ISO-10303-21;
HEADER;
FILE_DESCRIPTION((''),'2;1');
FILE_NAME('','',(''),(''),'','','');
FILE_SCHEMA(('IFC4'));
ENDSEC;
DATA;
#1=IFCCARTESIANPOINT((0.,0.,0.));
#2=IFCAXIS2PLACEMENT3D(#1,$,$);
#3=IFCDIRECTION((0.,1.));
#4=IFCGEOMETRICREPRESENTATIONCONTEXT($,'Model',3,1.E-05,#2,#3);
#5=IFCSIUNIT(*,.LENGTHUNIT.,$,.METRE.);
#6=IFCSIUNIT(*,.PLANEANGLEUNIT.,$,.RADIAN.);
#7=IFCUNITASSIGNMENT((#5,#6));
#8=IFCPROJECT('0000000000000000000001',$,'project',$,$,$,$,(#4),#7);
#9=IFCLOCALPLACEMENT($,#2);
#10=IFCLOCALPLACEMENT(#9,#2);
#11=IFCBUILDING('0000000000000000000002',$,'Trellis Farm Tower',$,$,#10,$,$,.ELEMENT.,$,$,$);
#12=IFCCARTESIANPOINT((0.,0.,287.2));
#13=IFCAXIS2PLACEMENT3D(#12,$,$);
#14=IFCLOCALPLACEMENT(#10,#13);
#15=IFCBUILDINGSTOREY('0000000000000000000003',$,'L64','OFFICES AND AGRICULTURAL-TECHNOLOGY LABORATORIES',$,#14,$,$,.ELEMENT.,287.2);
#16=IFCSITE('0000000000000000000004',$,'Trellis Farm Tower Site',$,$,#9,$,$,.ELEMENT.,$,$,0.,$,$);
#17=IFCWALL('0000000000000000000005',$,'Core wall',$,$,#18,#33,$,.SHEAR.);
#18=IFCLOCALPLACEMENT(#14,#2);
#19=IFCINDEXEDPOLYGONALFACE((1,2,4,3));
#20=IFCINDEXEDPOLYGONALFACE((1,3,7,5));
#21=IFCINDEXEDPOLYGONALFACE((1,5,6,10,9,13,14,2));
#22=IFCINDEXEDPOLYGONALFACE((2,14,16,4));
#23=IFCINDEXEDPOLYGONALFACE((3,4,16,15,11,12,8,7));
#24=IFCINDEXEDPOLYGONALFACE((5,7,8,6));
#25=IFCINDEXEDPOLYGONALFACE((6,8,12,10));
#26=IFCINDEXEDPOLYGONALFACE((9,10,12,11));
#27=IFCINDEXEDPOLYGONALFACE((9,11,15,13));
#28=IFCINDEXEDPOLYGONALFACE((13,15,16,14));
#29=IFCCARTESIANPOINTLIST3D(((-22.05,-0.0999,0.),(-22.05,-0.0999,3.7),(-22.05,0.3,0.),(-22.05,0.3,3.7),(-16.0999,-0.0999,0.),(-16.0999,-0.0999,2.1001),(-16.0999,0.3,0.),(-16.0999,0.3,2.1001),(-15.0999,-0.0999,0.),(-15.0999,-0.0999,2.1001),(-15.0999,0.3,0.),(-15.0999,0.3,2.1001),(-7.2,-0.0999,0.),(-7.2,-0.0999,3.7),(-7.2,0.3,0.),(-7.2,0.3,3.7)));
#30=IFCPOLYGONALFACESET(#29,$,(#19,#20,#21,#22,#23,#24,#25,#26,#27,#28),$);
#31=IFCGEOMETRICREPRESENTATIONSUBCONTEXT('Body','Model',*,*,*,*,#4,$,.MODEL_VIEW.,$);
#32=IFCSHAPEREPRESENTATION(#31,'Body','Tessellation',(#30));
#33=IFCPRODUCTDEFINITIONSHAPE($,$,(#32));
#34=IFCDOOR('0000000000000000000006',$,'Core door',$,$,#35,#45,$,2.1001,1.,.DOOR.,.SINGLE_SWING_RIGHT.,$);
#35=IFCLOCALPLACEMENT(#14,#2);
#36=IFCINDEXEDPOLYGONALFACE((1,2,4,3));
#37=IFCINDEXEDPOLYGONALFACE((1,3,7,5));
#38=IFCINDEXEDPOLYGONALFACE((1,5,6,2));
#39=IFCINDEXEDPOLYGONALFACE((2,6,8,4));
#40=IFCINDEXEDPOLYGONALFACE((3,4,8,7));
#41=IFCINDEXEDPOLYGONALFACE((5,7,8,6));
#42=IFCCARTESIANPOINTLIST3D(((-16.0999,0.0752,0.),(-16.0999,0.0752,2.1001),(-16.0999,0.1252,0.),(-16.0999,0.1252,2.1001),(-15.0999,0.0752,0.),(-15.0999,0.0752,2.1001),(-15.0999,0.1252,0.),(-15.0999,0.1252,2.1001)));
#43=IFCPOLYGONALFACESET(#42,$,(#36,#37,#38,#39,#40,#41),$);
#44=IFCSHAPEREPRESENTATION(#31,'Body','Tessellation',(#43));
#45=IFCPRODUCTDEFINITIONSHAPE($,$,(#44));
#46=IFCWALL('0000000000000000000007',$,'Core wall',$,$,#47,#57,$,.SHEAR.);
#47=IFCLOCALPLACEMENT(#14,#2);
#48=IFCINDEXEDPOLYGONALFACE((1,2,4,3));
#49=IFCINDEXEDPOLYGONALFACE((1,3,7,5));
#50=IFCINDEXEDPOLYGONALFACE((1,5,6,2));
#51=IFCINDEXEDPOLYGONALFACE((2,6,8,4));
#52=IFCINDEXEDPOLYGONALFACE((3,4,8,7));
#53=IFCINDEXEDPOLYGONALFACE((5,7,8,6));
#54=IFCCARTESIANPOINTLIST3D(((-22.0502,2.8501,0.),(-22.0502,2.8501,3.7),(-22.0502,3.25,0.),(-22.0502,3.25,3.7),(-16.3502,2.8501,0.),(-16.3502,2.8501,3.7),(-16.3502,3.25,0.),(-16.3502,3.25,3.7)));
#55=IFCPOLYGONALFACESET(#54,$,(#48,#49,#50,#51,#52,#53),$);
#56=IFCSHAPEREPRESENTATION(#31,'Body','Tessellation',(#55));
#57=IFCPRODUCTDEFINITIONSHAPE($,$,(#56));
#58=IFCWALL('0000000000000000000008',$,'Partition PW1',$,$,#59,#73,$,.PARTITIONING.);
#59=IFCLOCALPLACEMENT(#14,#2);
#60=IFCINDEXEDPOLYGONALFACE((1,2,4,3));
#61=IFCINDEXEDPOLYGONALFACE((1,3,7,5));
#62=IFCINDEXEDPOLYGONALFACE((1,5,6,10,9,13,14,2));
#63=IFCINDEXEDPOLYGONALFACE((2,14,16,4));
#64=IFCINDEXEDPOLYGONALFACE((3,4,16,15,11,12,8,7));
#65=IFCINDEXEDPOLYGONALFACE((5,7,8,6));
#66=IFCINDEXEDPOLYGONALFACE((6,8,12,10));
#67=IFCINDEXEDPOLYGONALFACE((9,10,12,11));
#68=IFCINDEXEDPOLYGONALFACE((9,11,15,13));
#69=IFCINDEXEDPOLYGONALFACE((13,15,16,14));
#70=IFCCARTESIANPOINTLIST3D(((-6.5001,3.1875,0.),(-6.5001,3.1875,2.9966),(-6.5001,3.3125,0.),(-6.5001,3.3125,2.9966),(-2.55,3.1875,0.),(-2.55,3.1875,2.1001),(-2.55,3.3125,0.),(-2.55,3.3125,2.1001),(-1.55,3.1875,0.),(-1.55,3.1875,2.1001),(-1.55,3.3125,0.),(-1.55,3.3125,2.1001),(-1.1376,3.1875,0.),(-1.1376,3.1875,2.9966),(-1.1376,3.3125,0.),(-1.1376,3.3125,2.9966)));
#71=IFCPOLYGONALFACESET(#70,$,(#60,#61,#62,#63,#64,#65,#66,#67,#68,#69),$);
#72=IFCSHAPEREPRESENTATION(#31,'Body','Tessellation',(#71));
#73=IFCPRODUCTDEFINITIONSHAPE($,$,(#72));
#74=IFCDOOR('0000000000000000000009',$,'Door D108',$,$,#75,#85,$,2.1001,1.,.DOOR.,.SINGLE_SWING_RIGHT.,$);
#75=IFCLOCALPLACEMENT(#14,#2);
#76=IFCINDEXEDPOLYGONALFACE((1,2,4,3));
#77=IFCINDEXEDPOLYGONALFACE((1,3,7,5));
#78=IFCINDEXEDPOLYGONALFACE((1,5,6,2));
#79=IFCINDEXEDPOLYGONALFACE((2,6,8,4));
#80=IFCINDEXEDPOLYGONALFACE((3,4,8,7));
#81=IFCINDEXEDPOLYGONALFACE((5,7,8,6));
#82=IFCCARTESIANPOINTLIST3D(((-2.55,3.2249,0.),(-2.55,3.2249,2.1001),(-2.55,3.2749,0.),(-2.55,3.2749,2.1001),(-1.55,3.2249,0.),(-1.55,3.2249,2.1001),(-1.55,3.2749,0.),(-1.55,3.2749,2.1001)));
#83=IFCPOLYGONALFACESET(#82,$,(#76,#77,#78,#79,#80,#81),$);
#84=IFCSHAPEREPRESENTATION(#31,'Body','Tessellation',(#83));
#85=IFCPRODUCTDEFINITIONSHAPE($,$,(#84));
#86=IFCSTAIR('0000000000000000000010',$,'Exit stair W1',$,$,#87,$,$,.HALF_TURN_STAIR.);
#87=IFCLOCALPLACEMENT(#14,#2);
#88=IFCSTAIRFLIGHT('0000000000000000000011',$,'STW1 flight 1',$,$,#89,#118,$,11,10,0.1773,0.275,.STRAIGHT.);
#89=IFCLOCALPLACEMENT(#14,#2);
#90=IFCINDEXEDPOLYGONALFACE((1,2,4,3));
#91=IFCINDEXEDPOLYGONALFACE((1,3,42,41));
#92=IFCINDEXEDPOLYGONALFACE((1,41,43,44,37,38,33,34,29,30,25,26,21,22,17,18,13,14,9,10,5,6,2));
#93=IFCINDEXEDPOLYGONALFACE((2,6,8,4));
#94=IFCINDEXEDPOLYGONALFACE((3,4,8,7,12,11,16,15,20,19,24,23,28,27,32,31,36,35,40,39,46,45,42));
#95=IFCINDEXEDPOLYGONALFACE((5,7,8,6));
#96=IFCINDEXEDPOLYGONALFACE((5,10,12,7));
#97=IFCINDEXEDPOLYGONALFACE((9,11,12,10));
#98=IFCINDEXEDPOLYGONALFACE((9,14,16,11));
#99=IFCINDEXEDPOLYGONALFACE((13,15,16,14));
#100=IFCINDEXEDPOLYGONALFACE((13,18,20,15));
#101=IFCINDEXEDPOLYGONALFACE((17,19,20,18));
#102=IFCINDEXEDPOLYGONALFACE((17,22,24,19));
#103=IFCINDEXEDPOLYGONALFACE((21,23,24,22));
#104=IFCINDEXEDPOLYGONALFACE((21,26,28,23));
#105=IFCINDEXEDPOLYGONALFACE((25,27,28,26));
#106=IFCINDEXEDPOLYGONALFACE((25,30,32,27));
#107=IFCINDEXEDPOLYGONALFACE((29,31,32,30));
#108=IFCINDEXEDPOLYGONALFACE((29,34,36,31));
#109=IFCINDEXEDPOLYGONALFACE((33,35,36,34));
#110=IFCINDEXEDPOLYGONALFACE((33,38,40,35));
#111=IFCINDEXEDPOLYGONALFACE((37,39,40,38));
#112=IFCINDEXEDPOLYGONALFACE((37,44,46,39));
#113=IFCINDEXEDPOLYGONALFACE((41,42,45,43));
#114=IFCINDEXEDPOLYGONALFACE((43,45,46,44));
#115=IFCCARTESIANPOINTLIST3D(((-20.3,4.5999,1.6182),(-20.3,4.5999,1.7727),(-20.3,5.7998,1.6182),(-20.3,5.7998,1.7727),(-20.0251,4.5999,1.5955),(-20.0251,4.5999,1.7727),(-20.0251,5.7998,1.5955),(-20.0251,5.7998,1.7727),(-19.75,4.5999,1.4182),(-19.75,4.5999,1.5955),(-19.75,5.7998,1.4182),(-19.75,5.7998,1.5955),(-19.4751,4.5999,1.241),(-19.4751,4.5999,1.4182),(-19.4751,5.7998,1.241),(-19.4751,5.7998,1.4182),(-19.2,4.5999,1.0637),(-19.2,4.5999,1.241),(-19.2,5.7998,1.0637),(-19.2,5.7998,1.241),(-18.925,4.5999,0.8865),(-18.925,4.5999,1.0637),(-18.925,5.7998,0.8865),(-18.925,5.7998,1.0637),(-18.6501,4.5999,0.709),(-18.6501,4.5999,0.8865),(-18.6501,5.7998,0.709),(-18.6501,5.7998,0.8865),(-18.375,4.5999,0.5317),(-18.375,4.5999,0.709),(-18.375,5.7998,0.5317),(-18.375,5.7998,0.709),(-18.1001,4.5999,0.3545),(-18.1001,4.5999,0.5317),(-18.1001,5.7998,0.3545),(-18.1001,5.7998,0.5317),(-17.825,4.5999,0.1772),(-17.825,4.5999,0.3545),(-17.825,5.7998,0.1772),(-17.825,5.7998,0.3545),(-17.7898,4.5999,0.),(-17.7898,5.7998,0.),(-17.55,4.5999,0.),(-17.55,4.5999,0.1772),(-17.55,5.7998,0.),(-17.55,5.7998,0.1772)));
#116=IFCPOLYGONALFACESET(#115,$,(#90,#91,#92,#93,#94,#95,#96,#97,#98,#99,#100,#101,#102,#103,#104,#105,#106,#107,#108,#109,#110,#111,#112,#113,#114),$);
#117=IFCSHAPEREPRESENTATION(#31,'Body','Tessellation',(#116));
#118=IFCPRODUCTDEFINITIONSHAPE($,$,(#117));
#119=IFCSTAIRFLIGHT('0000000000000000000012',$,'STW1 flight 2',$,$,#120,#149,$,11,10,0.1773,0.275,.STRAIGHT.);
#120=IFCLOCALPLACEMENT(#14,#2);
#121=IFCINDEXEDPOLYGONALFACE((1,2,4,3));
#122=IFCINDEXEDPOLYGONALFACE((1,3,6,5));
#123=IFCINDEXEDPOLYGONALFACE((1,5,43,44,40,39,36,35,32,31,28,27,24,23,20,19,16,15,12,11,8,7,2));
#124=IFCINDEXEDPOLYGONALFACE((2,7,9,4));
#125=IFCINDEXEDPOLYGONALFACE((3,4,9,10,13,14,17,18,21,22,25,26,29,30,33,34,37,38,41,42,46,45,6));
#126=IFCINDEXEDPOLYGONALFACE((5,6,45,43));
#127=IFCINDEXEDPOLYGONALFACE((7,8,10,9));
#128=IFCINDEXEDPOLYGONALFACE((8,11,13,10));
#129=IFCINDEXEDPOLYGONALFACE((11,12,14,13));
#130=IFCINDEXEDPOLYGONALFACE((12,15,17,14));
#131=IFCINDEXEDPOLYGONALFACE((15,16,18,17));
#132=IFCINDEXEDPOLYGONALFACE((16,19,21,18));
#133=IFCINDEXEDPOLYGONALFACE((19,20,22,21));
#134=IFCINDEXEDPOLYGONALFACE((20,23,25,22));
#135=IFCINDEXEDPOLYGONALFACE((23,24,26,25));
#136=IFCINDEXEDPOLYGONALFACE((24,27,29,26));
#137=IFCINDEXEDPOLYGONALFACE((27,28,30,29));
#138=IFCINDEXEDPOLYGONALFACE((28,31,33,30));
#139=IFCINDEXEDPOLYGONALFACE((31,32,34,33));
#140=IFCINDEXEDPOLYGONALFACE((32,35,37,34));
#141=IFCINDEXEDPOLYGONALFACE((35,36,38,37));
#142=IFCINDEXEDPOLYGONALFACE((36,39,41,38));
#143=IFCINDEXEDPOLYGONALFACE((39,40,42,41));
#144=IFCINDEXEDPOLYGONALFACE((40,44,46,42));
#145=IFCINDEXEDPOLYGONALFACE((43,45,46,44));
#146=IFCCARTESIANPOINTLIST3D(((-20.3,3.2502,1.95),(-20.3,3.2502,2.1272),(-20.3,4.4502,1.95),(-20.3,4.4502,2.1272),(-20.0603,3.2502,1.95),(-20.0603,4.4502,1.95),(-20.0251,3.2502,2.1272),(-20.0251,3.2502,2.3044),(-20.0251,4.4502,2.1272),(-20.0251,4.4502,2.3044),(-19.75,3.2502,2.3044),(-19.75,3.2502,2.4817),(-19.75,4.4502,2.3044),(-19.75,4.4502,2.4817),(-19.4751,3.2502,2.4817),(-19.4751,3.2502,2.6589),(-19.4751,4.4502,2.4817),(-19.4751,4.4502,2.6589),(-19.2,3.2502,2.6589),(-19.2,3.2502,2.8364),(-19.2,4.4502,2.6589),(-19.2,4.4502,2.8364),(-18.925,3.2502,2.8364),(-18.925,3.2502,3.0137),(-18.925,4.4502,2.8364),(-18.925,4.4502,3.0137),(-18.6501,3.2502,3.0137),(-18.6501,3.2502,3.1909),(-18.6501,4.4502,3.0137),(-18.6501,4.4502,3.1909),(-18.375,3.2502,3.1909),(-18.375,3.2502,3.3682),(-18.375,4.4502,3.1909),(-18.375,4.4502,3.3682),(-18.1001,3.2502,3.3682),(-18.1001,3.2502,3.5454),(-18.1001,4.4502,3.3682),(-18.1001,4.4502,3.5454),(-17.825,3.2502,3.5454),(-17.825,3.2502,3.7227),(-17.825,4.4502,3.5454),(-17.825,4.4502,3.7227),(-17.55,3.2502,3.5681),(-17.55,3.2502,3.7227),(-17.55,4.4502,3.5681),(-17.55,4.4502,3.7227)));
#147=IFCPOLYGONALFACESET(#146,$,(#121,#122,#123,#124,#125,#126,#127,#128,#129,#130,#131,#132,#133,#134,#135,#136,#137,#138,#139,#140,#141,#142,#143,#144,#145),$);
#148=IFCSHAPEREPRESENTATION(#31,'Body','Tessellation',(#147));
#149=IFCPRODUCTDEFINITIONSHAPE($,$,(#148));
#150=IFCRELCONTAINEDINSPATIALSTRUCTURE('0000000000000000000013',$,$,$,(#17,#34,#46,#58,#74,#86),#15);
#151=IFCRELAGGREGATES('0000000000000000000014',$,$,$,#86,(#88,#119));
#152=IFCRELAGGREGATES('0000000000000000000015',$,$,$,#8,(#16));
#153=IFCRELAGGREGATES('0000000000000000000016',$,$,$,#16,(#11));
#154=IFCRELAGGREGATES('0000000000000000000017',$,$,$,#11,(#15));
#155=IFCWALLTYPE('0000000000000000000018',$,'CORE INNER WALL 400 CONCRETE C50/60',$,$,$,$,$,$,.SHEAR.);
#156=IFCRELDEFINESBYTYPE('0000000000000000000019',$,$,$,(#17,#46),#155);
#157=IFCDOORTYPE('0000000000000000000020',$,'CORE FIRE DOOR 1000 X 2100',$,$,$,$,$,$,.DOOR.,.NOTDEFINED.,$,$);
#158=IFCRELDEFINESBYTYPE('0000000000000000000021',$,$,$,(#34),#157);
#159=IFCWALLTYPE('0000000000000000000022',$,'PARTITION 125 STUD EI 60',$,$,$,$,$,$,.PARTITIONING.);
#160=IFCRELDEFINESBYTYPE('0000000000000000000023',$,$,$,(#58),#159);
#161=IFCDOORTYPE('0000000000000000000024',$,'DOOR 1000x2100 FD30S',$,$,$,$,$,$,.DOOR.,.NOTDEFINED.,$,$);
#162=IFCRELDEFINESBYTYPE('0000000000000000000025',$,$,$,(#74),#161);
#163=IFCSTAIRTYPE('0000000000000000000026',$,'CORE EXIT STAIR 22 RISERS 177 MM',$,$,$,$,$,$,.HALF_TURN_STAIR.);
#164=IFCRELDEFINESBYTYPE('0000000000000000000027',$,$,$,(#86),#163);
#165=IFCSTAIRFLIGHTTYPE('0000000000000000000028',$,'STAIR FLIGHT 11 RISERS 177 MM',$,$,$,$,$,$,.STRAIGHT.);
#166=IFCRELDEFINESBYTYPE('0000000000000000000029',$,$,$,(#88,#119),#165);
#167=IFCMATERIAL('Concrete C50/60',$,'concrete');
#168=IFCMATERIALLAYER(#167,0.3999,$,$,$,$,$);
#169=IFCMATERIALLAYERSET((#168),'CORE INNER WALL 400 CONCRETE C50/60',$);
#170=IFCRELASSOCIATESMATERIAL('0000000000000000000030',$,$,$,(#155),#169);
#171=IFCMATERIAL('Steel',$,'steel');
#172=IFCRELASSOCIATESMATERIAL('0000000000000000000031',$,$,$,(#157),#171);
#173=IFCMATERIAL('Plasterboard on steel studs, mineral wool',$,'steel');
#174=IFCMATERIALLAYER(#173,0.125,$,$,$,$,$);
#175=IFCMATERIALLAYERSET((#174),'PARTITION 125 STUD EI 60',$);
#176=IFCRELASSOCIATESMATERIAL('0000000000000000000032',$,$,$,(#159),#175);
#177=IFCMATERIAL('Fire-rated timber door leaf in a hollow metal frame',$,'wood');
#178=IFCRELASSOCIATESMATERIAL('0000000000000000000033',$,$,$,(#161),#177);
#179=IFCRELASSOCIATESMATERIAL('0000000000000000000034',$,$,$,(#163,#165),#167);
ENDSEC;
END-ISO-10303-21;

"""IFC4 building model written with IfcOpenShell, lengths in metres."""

from ifc_helpers import new_model, si_unit, direction, frame, frame_2d, origin, place, context, subcontext, project, spatial, polyline, rectangle, outline, extrude, source, transform, mapped, material, layer, layer_set, type_object, element, fill, aggregate, save


model = new_model("IFC4")

# Units and contexts
model_context = context("Model", 3, precision=1e-05, world=origin(), true_north=direction((0.0, 1.0)))
body_context = subcontext(model_context, "Body", "Model", "MODEL_VIEW")
ifc_project = project(units=[si_unit("LENGTHUNIT", "METRE"), si_unit("PLANEANGLEUNIT", "RADIAN")], contexts=[model_context])

# Site, building, storey
site_placement = place(None, origin())
site = spatial("IfcSite", under=ifc_project, at=site_placement, Name="Trellis Farm Tower Site", CompositionType="ELEMENT", RefElevation=0.0)
building_placement = place(site_placement, origin())
building = spatial("IfcBuilding", under=site, at=building_placement, Name="Trellis Farm Tower", CompositionType="ELEMENT")
storey_placement = place(building_placement, frame((0.0, 0.0, 287.2)))
storey = spatial("IfcBuildingStorey", under=building, at=storey_placement, Name="L64", Description="OFFICES AND AGRICULTURAL-TECHNOLOGY LABORATORIES", CompositionType="ELEMENT", Elevation=287.2)

# Shared definitions
placement = place(storey_placement, origin())

# Shared definitions
ifc_material_1 = material(Name="Concrete C50/60", Category="concrete")
ifc_layer_1 = layer(ifc_material_1, 0.3999)
ifc_layer_set_1 = layer_set([ifc_layer_1], Name="CORE INNER WALL 400 CONCRETE C50/60")
wall_type_1 = type_object("IfcWallType", Name="CORE INNER WALL 400 CONCRETE C50/60", PredefinedType="SHEAR", material=ifc_layer_set_1)
shared_shape_1 = source(origin(), body_context, "Body", "SweptSolid", [
    extrude(rectangle(XDim=1.0, YDim=2.1001, at=frame_2d((0.5, 1.05))), frame((0.0, 0.21, 0.0), z_axis=(0.0, -1.0, 0.0), x_axis=(1.0, 0.0, 0.0)), (0.0, 0.0, 1.0), 0.4199),
])
ifc_material_2 = material(Name="Steel", Category="steel")
door_type_1 = type_object("IfcDoorType", Name="CORE FIRE DOOR 1000 X 2100", OperationType="NOTDEFINED", PredefinedType="DOOR", material=ifc_material_2)
shared_shape_2 = source(origin(), body_context, "Body", "SweptSolid", [
    extrude(rectangle(XDim=1.0, YDim=2.1001, at=frame_2d((0.5, 1.05))), frame((0.0, 0.0249, 0.0), z_axis=(0.0, -1.0, 0.0), x_axis=(1.0, 0.0, 0.0)), (0.0, 0.0, 1.0), 0.05),
])

# Wall, opening, door
shared_shape_3 = source(origin(), body_context, "Body", "SweptSolid", [
    extrude(rectangle(XDim=14.8501, YDim=0.3999, at=frame_2d((7.425, 0.0))), origin(), (0.0, 0.0, 1.0), 3.7),
])
wall_1_placement = place(storey_placement, frame((-7.2, 0.1001, 0.0), z_axis=(0.0, 0.0, 1.0), x_axis=(-1.0, 0.0, 0.0)))
wall_1 = element("IfcWall", 1, at=wall_1_placement, inside=storey, type_object=wall_type_1, Name="Core wall", PredefinedType="SHEAR", context=body_context, shape_type="MappedRepresentation", body=[
    mapped(shared_shape_3, transform((0.0, 0.0, 0.0))),
])
opening_1_placement = place(wall_1_placement, frame((7.8999, 0.0, 0.0)))
opening_1 = element("IfcOpeningElement", 2, at=opening_1_placement, cuts=wall_1, PredefinedType="OPENING", context=body_context, shape_type="MappedRepresentation", body=[
    mapped(shared_shape_1, transform((0.0, 0.0, 0.0))),
])
door_1_placement = place(opening_1_placement, origin())
door_1 = element("IfcDoor", 3, at=door_1_placement, inside=storey, type_object=door_type_1, Name="Core door", OperationType="SINGLE_SWING_RIGHT", OverallHeight=2.1001, OverallWidth=1.0, PredefinedType="DOOR", context=body_context, shape_type="MappedRepresentation", body=[
    mapped(shared_shape_2, transform((0.0, 0.0, 0.0))),
])
fill(opening_1, door_1)

# Wall
shared_shape_4 = source(origin(), body_context, "Body", "SweptSolid", [
    extrude(rectangle(XDim=5.7, YDim=0.3999, at=frame_2d((2.8501, 0.0))), origin(), (0.0, 0.0, 1.0), 3.7),
])
wall_2_placement = place(storey_placement, frame((-16.3501, 3.05, 0.0), z_axis=(0.0, 0.0, 1.0), x_axis=(-1.0, 0.0, 0.0)))
element("IfcWall", 4, at=wall_2_placement, inside=storey, type_object=wall_type_1, Name="Core wall", PredefinedType="SHEAR", context=body_context, shape_type="MappedRepresentation", body=[
    mapped(shared_shape_4, transform((0.0, 0.0, 0.0))),
])

# Wall, opening, door
ifc_material_3 = material(Name="Plasterboard on steel studs, mineral wool", Category="steel")
ifc_layer_2 = layer(ifc_material_3, 0.125)
ifc_layer_set_2 = layer_set([ifc_layer_2], Name="PARTITION 125 STUD EI 60")
wall_type_2 = type_object("IfcWallType", Name="PARTITION 125 STUD EI 60", PredefinedType="PARTITIONING", material=ifc_layer_set_2)
shared_shape_5 = source(origin(), body_context, "Body", "SweptSolid", [
    extrude(rectangle(XDim=5.3625, YDim=0.125, at=frame_2d((2.6812, 0.0))), origin(), (0.0, 0.0, 1.0), 2.9966),
])
wall_3_placement = place(storey_placement, frame((-6.5, 3.25, 0.0), z_axis=(0.0, 0.0, 1.0), x_axis=(1.0, 0.0, 0.0)))
wall_3 = element("IfcWall", 5, at=wall_3_placement, inside=storey, type_object=wall_type_2, Name="Partition PW1", PredefinedType="PARTITIONING", context=body_context, shape_type="MappedRepresentation", body=[
    mapped(shared_shape_5, transform((0.0, 0.0, 0.0))),
])
shared_shape_6 = source(origin(), body_context, "Body", "SweptSolid", [
    extrude(rectangle(XDim=1.0, YDim=2.1001, at=frame_2d((0.5, 1.05))), frame((0.0, 0.0725, 0.0), z_axis=(0.0, -1.0, 0.0), x_axis=(1.0, 0.0, 0.0)), (0.0, 0.0, 1.0), 0.145),
])
opening_2_placement = place(wall_3_placement, frame((3.95, 0.0, 0.0)))
opening_2 = element("IfcOpeningElement", 6, at=opening_2_placement, cuts=wall_3, PredefinedType="OPENING", context=body_context, shape_type="MappedRepresentation", body=[
    mapped(shared_shape_6, transform((0.0, 0.0, 0.0))),
])
ifc_material_4 = material(Name="Fire-rated timber door leaf in a hollow metal frame", Category="wood")
door_type_2 = type_object("IfcDoorType", Name="DOOR 1000x2100 FD30S", OperationType="NOTDEFINED", PredefinedType="DOOR", material=ifc_material_4)
door_2_placement = place(opening_2_placement, origin())
door_2 = element("IfcDoor", 7, at=door_2_placement, inside=storey, type_object=door_type_2, Name="Door D108", OperationType="SINGLE_SWING_RIGHT", OverallHeight=2.1001, OverallWidth=1.0, PredefinedType="DOOR", context=body_context, shape_type="MappedRepresentation", body=[
    mapped(shared_shape_2, transform((0.0, 0.0, 0.0))),
])
fill(opening_2, door_2)

# Stair, stair flights
stair_type = type_object("IfcStairType", Name="CORE EXIT STAIR 22 RISERS 177 MM", PredefinedType="HALF_TURN_STAIR", material=ifc_material_1)
stair_1 = element("IfcStair", 8, at=placement, inside=storey, type_object=stair_type, Name="Exit stair W1", PredefinedType="HALF_TURN_STAIR")
stair_flight_type = type_object("IfcStairFlightType", Name="STAIR FLIGHT 11 RISERS 177 MM", PredefinedType="STRAIGHT", material=ifc_material_1)
shared_shape_7 = source(origin(), body_context, "Body", "SweptSolid", [
    extrude(outline(polyline([(0.0, 0.0), (0.0, 0.1772), (0.2749, 0.1772), (0.2749, 0.3545), (0.55, 0.3545), (0.55, 0.5317), (0.825, 0.5317), (0.825, 0.709), (1.1001, 0.709), (1.1001, 0.8865), (1.375, 0.8865), (1.375, 1.0637), (1.6499, 1.0637), (1.6499, 1.241), (1.925, 1.241), (1.925, 1.4182), (2.2, 1.4182), (2.2, 1.5955), (2.4751, 1.5955), (2.4751, 1.7727), (2.75, 1.7727), (2.75, 1.95), (2.75, 1.6182), (0.2397, 0.0), (0.0, 0.0)])), frame((0.0, 0.6001, 0.0), z_axis=(0.0, -1.0, 0.0), x_axis=(1.0, 0.0, 0.0)), (0.0, 0.0, 1.0), 1.2),
])
stair_flight_1_placement = place(storey_placement, frame((-17.55, 5.2, 0.0), z_axis=(0.0, 0.0, 1.0), x_axis=(-1.0, 0.0, 0.0)))
stair_flight_1 = element("IfcStairFlight", 9, at=stair_flight_1_placement, type_object=stair_flight_type, Name="STW1 flight 1", NumberOfRisers=11, NumberOfTreads=10, PredefinedType="STRAIGHT", RiserHeight=0.1773, TreadLength=0.275, context=body_context, shape_type="MappedRepresentation", body=[
    mapped(shared_shape_7, transform((0.0, 0.0, 0.0))),
])
stair_flight_2_placement = place(storey_placement, frame((-20.3, 3.8501, 1.95), z_axis=(0.0, 0.0, 1.0), x_axis=(1.0, 0.0, 0.0)))
stair_flight_2 = element("IfcStairFlight", 10, at=stair_flight_2_placement, type_object=stair_flight_type, Name="STW1 flight 2", NumberOfRisers=11, NumberOfTreads=10, PredefinedType="STRAIGHT", RiserHeight=0.1773, TreadLength=0.275, context=body_context, shape_type="MappedRepresentation", body=[
    mapped(shared_shape_7, transform((0.0, 0.0, 0.0))),
])
aggregate(stair_1, [stair_flight_1, stair_flight_2])

save(model, "model.ifc")
